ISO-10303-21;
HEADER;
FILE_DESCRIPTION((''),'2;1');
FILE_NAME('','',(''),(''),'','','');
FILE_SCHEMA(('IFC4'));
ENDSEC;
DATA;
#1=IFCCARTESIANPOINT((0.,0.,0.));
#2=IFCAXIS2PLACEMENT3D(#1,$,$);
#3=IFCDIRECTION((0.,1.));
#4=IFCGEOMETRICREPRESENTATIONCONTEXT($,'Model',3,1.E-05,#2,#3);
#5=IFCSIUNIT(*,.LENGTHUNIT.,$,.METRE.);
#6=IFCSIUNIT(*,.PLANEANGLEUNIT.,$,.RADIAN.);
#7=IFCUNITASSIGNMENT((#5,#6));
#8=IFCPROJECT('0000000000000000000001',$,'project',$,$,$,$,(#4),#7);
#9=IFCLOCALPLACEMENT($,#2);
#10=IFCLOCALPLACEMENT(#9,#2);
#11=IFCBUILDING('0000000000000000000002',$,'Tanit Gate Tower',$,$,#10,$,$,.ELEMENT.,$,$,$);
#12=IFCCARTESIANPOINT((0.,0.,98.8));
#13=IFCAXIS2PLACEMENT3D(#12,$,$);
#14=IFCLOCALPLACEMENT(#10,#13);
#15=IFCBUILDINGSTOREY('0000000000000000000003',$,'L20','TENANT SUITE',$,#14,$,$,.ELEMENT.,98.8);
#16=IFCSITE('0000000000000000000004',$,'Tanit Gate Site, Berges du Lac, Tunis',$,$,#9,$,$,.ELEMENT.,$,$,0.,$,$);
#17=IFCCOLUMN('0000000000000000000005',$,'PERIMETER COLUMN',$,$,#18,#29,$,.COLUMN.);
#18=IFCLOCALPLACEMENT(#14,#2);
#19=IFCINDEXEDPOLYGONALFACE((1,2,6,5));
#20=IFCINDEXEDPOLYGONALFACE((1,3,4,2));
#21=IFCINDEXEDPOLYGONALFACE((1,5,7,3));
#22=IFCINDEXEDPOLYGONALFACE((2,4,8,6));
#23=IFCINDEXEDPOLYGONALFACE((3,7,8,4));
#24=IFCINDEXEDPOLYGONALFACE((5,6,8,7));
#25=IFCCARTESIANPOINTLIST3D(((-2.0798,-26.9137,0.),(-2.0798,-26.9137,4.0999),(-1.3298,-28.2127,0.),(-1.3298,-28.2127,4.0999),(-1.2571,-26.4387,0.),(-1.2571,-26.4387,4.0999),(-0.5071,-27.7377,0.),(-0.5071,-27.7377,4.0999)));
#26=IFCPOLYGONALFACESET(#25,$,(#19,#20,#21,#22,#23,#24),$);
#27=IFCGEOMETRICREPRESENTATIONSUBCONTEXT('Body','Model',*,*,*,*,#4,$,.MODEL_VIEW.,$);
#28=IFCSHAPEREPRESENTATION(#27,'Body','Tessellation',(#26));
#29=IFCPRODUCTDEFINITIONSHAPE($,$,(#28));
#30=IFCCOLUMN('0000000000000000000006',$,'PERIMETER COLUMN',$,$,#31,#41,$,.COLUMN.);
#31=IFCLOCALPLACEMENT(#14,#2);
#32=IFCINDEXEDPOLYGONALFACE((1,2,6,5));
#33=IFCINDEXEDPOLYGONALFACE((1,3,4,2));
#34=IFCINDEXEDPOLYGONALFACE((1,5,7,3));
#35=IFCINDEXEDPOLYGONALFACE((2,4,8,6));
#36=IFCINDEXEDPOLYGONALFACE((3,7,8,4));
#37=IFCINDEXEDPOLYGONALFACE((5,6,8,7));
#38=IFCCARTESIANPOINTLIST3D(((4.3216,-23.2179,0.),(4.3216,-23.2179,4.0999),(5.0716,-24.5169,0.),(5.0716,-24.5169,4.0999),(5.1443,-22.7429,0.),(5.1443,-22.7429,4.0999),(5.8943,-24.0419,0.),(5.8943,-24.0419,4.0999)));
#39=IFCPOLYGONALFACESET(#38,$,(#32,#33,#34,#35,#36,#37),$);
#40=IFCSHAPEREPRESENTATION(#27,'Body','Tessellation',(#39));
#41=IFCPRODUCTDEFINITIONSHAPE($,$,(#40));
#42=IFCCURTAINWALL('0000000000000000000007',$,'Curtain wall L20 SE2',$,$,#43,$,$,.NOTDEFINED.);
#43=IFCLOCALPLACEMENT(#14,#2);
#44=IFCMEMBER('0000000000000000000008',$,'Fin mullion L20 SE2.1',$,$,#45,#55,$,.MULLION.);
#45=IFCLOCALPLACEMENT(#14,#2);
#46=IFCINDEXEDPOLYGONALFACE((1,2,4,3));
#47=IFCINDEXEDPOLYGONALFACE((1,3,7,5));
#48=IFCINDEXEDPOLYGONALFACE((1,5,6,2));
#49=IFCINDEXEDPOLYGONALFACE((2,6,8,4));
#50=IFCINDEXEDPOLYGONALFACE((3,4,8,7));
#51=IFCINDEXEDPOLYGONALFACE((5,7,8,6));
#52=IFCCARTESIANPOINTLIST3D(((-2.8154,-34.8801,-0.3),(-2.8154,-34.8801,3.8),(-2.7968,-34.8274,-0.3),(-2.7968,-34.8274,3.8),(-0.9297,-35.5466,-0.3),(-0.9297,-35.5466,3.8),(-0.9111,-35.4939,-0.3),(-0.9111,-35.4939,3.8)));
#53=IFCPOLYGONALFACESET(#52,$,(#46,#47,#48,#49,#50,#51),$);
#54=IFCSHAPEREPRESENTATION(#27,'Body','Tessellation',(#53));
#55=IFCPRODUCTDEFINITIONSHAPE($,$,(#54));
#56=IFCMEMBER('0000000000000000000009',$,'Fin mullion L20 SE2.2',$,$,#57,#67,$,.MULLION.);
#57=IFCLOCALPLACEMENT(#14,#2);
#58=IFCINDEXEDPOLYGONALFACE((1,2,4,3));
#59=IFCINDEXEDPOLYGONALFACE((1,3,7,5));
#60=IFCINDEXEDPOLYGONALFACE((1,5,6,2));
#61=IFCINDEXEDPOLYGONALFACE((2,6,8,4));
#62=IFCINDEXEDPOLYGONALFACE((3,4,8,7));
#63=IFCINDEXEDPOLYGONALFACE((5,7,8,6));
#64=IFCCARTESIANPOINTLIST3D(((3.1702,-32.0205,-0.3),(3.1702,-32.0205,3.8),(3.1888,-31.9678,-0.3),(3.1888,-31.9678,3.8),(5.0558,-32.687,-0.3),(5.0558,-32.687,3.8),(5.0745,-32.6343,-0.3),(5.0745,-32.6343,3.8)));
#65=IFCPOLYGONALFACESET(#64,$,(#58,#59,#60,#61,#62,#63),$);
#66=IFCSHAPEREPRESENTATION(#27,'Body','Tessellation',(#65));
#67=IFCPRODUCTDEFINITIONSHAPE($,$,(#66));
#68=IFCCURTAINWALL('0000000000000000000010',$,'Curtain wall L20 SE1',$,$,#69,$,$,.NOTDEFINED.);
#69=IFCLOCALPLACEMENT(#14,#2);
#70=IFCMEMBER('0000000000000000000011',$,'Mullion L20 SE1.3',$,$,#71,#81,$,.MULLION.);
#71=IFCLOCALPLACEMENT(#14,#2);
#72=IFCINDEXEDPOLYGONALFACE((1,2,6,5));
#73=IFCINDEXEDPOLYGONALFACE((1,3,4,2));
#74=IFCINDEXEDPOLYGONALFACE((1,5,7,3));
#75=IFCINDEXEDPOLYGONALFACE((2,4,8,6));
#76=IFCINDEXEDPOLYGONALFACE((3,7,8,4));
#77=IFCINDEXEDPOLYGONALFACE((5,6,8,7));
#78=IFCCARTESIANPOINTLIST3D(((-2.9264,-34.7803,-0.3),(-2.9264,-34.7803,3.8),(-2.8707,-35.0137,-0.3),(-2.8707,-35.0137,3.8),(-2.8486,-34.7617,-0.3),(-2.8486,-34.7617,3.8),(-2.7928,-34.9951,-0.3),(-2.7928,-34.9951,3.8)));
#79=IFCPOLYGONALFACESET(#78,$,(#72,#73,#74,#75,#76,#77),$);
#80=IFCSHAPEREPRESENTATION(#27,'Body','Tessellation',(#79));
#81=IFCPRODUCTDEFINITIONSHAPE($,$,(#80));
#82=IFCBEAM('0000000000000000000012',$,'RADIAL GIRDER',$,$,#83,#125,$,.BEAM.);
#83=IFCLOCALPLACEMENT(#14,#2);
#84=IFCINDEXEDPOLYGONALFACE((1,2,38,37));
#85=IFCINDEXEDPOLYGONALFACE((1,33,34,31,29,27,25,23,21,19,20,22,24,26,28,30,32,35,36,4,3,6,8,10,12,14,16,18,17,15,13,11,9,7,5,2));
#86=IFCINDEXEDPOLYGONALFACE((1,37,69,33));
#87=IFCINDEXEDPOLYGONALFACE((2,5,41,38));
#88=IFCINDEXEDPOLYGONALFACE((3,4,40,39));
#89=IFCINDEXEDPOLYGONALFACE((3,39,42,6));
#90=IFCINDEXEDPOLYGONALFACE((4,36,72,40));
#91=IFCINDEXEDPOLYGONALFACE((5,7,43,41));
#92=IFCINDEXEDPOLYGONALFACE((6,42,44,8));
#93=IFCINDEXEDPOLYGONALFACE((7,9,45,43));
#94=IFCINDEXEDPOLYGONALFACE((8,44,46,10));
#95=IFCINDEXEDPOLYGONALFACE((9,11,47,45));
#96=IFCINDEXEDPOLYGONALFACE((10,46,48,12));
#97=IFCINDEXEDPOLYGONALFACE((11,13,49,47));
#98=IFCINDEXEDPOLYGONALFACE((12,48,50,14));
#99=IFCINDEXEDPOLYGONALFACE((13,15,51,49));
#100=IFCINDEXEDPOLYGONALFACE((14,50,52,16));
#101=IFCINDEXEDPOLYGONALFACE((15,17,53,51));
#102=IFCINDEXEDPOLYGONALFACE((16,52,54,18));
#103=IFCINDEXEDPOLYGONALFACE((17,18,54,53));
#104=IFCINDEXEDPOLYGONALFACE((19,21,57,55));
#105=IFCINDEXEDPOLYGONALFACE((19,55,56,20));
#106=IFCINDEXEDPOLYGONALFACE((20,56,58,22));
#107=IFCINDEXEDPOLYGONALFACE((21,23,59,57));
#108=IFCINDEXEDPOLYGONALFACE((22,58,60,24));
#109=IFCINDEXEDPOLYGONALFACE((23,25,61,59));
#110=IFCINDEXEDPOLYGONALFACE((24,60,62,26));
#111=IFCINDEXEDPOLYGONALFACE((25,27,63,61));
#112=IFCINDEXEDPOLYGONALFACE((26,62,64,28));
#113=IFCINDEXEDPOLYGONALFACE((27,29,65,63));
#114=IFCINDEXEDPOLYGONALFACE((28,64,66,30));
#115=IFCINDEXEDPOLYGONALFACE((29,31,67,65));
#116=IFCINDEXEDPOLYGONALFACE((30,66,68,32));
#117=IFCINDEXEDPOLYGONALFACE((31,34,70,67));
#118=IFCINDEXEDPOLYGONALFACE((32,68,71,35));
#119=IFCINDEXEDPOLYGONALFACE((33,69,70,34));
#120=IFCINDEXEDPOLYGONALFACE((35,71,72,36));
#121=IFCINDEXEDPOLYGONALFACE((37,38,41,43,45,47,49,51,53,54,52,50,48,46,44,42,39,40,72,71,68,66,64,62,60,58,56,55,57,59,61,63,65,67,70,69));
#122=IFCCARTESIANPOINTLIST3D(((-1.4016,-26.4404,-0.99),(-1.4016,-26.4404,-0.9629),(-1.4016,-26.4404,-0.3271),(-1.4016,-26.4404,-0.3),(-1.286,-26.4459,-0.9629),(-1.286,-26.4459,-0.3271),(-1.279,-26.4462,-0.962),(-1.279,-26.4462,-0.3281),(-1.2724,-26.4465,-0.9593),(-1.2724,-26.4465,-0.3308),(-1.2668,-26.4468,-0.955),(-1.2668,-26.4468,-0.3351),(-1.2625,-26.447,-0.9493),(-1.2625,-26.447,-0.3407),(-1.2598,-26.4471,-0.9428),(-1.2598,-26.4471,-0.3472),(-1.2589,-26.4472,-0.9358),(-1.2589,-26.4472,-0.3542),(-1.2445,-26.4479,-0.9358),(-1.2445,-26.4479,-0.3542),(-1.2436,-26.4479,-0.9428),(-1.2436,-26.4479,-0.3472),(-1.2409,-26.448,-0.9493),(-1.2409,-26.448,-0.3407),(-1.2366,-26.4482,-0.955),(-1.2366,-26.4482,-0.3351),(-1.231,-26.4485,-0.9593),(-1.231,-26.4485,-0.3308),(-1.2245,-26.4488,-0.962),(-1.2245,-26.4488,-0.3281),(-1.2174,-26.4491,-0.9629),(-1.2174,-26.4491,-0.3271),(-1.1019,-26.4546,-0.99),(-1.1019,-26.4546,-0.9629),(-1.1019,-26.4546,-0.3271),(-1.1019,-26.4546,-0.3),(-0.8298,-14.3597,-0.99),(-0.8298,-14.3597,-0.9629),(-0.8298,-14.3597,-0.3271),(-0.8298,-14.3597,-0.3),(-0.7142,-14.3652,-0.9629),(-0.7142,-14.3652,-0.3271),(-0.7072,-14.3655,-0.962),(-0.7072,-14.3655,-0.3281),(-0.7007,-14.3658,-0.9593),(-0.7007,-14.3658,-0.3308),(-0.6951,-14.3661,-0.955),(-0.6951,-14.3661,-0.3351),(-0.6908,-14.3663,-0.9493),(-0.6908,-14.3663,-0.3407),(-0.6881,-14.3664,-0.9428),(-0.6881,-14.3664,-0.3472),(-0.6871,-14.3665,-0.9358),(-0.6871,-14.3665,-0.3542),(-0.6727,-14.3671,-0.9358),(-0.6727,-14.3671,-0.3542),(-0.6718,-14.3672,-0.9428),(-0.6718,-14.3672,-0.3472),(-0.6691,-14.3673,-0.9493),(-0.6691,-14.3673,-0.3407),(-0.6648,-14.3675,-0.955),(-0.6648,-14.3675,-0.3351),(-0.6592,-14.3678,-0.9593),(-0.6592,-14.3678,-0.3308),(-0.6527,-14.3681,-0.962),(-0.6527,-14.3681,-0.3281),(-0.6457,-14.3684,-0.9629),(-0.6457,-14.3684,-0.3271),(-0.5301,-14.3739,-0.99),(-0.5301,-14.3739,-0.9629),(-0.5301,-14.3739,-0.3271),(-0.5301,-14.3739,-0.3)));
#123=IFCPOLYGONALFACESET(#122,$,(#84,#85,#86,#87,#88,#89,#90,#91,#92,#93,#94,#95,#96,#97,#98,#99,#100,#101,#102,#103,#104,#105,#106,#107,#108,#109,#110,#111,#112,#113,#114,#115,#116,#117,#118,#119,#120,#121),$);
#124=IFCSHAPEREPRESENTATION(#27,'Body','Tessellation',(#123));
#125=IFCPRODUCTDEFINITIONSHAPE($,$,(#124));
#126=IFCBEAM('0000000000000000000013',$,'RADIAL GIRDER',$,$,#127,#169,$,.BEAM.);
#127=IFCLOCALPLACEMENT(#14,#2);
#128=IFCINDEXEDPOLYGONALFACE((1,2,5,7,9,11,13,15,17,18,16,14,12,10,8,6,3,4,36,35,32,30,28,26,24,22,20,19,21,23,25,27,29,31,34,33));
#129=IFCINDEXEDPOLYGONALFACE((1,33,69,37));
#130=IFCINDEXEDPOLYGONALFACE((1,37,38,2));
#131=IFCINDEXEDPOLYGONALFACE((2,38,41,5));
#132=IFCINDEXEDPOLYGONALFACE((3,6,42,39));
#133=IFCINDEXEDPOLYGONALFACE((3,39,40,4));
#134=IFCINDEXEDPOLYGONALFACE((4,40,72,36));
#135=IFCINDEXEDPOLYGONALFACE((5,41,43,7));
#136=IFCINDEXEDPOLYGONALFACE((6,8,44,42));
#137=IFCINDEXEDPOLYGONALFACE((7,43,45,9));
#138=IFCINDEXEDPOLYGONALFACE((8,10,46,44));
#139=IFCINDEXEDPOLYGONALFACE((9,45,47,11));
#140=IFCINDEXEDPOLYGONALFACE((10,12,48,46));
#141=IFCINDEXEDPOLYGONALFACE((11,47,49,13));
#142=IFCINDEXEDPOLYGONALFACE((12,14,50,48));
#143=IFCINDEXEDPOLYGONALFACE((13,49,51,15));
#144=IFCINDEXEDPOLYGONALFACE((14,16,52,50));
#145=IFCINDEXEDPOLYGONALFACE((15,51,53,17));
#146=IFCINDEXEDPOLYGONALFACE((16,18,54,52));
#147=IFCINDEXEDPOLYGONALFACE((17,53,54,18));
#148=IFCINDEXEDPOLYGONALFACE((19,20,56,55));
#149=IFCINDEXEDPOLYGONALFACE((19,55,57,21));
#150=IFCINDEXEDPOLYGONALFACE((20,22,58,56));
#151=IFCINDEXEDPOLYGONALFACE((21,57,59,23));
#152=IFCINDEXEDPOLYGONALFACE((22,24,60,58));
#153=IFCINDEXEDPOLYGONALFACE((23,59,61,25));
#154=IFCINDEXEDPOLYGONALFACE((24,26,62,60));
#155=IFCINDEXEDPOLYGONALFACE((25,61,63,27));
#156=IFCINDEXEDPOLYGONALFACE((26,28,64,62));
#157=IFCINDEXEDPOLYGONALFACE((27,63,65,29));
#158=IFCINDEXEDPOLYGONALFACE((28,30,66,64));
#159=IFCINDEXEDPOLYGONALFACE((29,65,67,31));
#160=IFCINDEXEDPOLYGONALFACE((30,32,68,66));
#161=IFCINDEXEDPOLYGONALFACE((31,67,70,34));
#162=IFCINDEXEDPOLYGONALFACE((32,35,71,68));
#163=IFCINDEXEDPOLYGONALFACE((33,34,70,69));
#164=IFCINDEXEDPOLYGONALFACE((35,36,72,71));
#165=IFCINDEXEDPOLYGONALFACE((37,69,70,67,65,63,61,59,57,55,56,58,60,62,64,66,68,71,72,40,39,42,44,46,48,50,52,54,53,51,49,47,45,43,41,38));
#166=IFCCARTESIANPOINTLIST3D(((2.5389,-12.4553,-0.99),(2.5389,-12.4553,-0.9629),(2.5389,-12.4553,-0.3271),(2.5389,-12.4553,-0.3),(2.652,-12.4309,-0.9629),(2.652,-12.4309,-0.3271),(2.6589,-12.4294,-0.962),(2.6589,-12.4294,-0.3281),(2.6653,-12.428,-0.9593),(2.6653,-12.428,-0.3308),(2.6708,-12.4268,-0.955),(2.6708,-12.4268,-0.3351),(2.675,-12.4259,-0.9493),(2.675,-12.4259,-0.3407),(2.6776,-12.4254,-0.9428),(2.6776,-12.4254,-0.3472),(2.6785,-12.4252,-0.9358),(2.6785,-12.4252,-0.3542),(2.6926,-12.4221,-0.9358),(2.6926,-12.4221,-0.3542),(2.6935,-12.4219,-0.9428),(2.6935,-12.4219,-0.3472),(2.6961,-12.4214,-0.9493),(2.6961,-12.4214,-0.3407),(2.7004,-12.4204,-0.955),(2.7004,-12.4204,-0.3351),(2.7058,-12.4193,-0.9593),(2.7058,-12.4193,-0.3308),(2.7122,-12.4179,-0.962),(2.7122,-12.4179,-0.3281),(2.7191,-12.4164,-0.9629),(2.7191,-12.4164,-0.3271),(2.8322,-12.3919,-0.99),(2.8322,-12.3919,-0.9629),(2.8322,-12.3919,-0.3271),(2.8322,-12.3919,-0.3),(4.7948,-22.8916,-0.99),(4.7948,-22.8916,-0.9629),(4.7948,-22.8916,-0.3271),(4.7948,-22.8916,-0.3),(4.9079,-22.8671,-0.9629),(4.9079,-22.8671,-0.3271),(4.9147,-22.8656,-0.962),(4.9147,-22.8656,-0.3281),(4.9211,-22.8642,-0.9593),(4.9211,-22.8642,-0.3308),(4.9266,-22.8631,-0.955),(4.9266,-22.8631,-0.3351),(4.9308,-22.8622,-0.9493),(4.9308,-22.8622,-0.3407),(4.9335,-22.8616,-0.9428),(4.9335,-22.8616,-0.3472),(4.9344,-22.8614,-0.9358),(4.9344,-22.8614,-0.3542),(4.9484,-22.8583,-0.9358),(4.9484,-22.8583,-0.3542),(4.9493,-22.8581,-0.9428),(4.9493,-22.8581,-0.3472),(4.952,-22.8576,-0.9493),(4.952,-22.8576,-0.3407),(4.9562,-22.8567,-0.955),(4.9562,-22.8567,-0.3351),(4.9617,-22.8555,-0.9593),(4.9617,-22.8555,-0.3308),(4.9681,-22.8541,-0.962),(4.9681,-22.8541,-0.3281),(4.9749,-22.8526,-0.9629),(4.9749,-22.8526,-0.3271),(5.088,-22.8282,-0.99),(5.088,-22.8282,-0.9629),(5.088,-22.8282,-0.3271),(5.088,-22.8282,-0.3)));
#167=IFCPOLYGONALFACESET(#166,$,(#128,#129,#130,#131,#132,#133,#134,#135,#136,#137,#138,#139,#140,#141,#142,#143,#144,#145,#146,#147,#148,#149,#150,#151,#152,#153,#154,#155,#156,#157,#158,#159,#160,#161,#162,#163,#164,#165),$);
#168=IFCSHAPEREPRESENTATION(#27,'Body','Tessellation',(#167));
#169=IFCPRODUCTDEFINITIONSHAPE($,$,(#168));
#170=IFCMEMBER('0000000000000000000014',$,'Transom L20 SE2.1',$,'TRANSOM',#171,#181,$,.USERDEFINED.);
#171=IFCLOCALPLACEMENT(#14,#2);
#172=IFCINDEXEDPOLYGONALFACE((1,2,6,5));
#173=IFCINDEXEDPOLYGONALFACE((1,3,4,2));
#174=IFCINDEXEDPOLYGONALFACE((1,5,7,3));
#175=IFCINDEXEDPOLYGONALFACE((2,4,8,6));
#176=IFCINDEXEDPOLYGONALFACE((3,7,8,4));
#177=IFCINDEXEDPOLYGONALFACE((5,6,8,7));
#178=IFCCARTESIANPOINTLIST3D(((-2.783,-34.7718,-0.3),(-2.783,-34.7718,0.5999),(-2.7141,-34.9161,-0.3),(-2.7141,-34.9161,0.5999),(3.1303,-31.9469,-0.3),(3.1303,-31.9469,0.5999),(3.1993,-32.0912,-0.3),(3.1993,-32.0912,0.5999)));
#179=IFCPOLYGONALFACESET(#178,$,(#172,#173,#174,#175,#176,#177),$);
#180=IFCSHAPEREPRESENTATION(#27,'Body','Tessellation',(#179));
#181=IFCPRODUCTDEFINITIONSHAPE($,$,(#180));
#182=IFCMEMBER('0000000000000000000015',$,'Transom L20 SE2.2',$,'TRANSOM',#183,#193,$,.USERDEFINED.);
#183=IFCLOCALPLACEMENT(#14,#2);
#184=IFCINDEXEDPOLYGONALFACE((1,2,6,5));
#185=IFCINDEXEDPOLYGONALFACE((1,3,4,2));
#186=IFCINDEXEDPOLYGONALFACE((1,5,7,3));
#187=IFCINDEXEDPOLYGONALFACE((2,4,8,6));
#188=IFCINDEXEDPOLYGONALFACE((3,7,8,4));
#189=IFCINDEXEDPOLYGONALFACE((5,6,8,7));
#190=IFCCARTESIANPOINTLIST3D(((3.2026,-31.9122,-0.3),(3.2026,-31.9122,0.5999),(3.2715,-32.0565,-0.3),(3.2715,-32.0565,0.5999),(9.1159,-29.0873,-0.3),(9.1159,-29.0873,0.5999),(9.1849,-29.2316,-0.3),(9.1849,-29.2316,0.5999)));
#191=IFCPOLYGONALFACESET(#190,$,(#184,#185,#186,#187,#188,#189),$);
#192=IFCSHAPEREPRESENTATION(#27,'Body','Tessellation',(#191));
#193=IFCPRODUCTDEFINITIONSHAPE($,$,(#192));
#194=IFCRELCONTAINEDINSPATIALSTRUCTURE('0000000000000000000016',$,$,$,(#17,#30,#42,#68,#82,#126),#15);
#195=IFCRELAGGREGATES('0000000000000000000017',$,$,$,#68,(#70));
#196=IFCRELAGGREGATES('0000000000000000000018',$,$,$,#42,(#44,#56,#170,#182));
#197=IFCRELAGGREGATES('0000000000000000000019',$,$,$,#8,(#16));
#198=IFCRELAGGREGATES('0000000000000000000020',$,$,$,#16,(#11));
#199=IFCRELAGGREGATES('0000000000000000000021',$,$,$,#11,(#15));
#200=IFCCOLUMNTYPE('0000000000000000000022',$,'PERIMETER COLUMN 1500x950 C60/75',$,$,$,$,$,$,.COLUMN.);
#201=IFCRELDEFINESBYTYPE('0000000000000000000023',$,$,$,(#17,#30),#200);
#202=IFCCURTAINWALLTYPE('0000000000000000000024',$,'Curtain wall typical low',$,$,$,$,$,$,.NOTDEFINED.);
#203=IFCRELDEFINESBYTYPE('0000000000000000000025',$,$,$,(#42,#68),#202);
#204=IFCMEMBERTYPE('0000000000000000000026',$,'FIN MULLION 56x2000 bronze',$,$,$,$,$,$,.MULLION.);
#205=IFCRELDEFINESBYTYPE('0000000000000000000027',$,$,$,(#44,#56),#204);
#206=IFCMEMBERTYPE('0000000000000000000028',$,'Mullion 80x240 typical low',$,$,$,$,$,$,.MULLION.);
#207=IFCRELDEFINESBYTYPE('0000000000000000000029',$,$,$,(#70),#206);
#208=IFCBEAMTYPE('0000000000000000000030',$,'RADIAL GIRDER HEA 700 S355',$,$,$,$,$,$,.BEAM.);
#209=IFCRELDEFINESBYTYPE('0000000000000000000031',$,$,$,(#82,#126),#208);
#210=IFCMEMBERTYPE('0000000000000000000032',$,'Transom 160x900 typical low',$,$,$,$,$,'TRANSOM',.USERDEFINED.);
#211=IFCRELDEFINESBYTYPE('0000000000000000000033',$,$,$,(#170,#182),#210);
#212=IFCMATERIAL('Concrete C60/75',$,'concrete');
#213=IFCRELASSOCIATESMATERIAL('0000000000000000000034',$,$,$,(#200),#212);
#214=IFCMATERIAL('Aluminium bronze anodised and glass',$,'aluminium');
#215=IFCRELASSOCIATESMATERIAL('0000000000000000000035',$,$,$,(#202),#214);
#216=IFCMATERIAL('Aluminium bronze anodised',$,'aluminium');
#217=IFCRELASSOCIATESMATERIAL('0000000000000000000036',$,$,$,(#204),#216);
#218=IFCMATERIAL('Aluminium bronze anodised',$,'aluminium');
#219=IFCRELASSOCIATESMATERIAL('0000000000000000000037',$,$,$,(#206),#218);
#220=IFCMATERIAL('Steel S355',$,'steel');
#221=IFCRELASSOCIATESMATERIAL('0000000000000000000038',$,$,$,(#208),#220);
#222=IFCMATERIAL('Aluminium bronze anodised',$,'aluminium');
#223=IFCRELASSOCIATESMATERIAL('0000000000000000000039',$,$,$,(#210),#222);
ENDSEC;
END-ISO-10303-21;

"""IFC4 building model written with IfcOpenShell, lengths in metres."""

from ifc_helpers import new_model, si_unit, direction, frame, origin, origin_2d, place, context, subcontext, project, spatial, rectangle, i_section, extrude, material, material_profile, profile_set, type_object, element, aggregate, save


model = new_model("IFC4")

# Units and contexts
model_context = context("Model", 3, precision=1e-05, world=origin(), true_north=direction((0.0, 1.0)))
body_context = subcontext(model_context, "Body", "Model", "MODEL_VIEW")
ifc_project = project(units=[si_unit("LENGTHUNIT", "METRE"), si_unit("PLANEANGLEUNIT", "RADIAN")], contexts=[model_context])

# Site, building, storey
site_placement = place(None, origin())
site = spatial("IfcSite", under=ifc_project, at=site_placement, Name="Tanit Gate Site, Berges du Lac, Tunis", CompositionType="ELEMENT", RefElevation=0.0)
building_placement = place(site_placement, origin())
building = spatial("IfcBuilding", under=site, at=building_placement, Name="Tanit Gate Tower", CompositionType="ELEMENT")
storey_placement = place(building_placement, frame((0.0, 0.0, 98.8)))
storey = spatial("IfcBuildingStorey", under=building, at=storey_placement, Name="L20", Description="TENANT SUITE", CompositionType="ELEMENT", Elevation=98.8)

# Columns
ifc_material_1 = material(Name="Concrete C60/75", Category="concrete")
ifc_material_profile_1 = material_profile(ifc_material_1, rectangle(XDim=1.5, YDim=0.95, at=origin_2d()), Name="RC 1500x950")
ifc_profile_set_1 = profile_set([ifc_material_profile_1], Name="Concrete C60/75")
column_type = type_object("IfcColumnType", Name="PERIMETER COLUMN 1500x950 C60/75", PredefinedType="COLUMN", material=ifc_profile_set_1)
for number, where, z_axis, x_axis, name in (
    (1, (-1.2935, -27.3257, 0.0), (0.0, 0.0, 1.0), (0.5, -0.866025, 0.0), "PERIMETER COLUMN"),
    (2, (5.1079, -23.6299, 0.0), (0.0, 0.0, 1.0), (0.5, -0.866025, 0.0), "PERIMETER COLUMN"),
):
    element("IfcColumn", number, at=place(storey_placement, frame(where, z_axis=z_axis, x_axis=x_axis)), inside=storey, type_object=column_type, Name=name, PredefinedType="COLUMN", context=body_context, shape_type="SweptSolid", body=[
        extrude(rectangle(XDim=1.5, YDim=0.95, at=origin_2d()), origin(), (0.0, 0.0, 1.0), 4.0999),
    ])

# Curtain wall, members
ifc_material_2 = material(Name="Aluminium bronze anodised and glass", Category="aluminium")
curtain_wall_type = type_object("IfcCurtainWallType", Name="Curtain wall typical low", PredefinedType="NOTDEFINED", material=ifc_material_2)
curtain_wall_1_placement = place(storey_placement, origin())
curtain_wall_1 = element("IfcCurtainWall", 3, at=curtain_wall_1_placement, inside=storey, type_object=curtain_wall_type, Name="Curtain wall L20 SE2", PredefinedType="NOTDEFINED")
ifc_material_3 = material(Name="Aluminium bronze anodised", Category="aluminium")
ifc_material_profile_2 = material_profile(ifc_material_3, rectangle(XDim=2.0, YDim=0.0559, at=origin_2d()), Name="56x2000 bronze fin mullion")
ifc_profile_set_2 = profile_set([ifc_material_profile_2], Name="Aluminium bronze anodised")
member_type_1 = type_object("IfcMemberType", Name="FIN MULLION 56x2000 bronze", PredefinedType="MULLION", material=ifc_profile_set_2)
member_1_placement = place(storey_placement, frame((-1.8633, -35.187, -0.3), z_axis=(0.0, 0.0, 1.0), x_axis=(-0.942849, 0.33322, 0.0)))
member_1 = element("IfcMember", 4, at=member_1_placement, type_object=member_type_1, Name="Fin mullion L20 SE2.1", PredefinedType="MULLION", context=body_context, shape_type="SweptSolid", body=[
    extrude(rectangle(XDim=2.0, YDim=0.0559, at=origin_2d()), origin(), (0.0, 0.0, 1.0), 4.1001),
])
member_2_placement = place(storey_placement, frame((4.1223, -32.3274, -0.3), z_axis=(0.0, 0.0, 1.0), x_axis=(-0.942849, 0.33322, 0.0)))
member_2 = element("IfcMember", 5, at=member_2_placement, type_object=member_type_1, Name="Fin mullion L20 SE2.2", PredefinedType="MULLION", context=body_context, shape_type="SweptSolid", body=[
    extrude(rectangle(XDim=2.0, YDim=0.0559, at=origin_2d()), origin(), (0.0, 0.0, 1.0), 4.1001),
])

# Curtain wall, member
curtain_wall_2_placement = place(storey_placement, origin())
curtain_wall_2 = element("IfcCurtainWall", 6, at=curtain_wall_2_placement, inside=storey, type_object=curtain_wall_type, Name="Curtain wall L20 SE1", PredefinedType="NOTDEFINED")
ifc_material_4 = material(Name="Aluminium bronze anodised", Category="aluminium")
ifc_material_profile_3 = material_profile(ifc_material_4, rectangle(XDim=0.24, YDim=0.0801, at=origin_2d()), Name="80x240 bronze mullion")
ifc_profile_set_3 = profile_set([ifc_material_profile_3], Name="Aluminium bronze anodised")
member_type_2 = type_object("IfcMemberType", Name="Mullion 80x240 typical low", PredefinedType="MULLION", material=ifc_profile_set_3)
member_3_placement = place(storey_placement, frame((-2.8596, -34.8877, -0.3), z_axis=(0.0, 0.0, 1.0), x_axis=(-0.232409, 0.972618, 0.0)))
member_3 = element("IfcMember", 7, at=member_3_placement, type_object=member_type_2, Name="Mullion L20 SE1.3", PredefinedType="MULLION", context=body_context, shape_type="SweptSolid", body=[
    extrude(rectangle(XDim=0.24, YDim=0.0801, at=origin_2d()), origin(), (0.0, 0.0, 1.0), 4.1001),
])
aggregate(curtain_wall_2, [member_3])

# Beams
ifc_material_5 = material(Name="Steel S355", Category="steel")
ifc_material_profile_4 = material_profile(ifc_material_5, i_section(OverallWidth=0.3, OverallDepth=0.6899, WebThickness=0.0144, FlangeThickness=0.0271, FilletRadius=0.0271, at=origin_2d()), Name="HEA 700")
ifc_profile_set_4 = profile_set([ifc_material_profile_4], Name="Steel S355")
beam_type = type_object("IfcBeamType", Name="RADIAL GIRDER HEA 700 S355", PredefinedType="BEAM", material=ifc_profile_set_4)
beam_1_placement = place(storey_placement, frame((-1.2517, -26.4475, -0.645), z_axis=(0.047276, 0.998882, 0.0), x_axis=(-0.998882, 0.047276, 0.0)))
element("IfcBeam", 8, at=beam_1_placement, inside=storey, type_object=beam_type, Name="RADIAL GIRDER", PredefinedType="BEAM", context=body_context, shape_type="SweptSolid", body=[
    extrude(i_section(OverallWidth=0.3, OverallDepth=0.6899, WebThickness=0.0144, FlangeThickness=0.0271, FilletRadius=0.0271, at=origin_2d()), origin(), (0.0, 0.0, 1.0), 12.0942),
])
beam_2_placement = place(storey_placement, frame((4.9414, -22.8599, -0.645), z_axis=(-0.211276, 0.977426, 0.0), x_axis=(-0.977426, -0.211276, 0.0)))
element("IfcBeam", 9, at=beam_2_placement, inside=storey, type_object=beam_type, Name="RADIAL GIRDER", PredefinedType="BEAM", context=body_context, shape_type="SweptSolid", body=[
    extrude(i_section(OverallWidth=0.3, OverallDepth=0.6899, WebThickness=0.0144, FlangeThickness=0.0271, FilletRadius=0.0271, at=origin_2d()), origin(), (0.0, 0.0, 1.0), 10.6772),
])

# Members
ifc_material_6 = material(Name="Aluminium bronze anodised", Category="aluminium")
ifc_material_profile_5 = material_profile(ifc_material_6, rectangle(XDim=0.1599, YDim=0.8999, at=origin_2d()), Name="160x900 bronze transom")
ifc_profile_set_5 = profile_set([ifc_material_profile_5], Name="Aluminium bronze anodised")
member_type_3 = type_object("IfcMemberType", Name="Transom 160x900 typical low", ElementType="TRANSOM", PredefinedType="USERDEFINED", material=ifc_profile_set_5)
member_4_placement = place(storey_placement, frame((-2.7485, -34.844, 0.1499), z_axis=(0.902322, 0.431063, 0.0), x_axis=(-0.431063, 0.902322, 0.0)))
member_4 = element("IfcMember", 10, at=member_4_placement, type_object=member_type_3, Name="Transom L20 SE2.1", ObjectType="TRANSOM", PredefinedType="USERDEFINED", context=body_context, shape_type="SweptSolid", body=[
    extrude(rectangle(XDim=0.1599, YDim=0.8999, at=origin_2d()), origin(), (0.0, 0.0, 1.0), 6.5535),
])
member_5_placement = place(storey_placement, frame((3.2371, -31.9844, 0.1499), z_axis=(0.902322, 0.431063, 0.0), x_axis=(-0.431063, 0.902322, 0.0)))
member_5 = element("IfcMember", 11, at=member_5_placement, type_object=member_type_3, Name="Transom L20 SE2.2", ObjectType="TRANSOM", PredefinedType="USERDEFINED", context=body_context, shape_type="SweptSolid", body=[
    extrude(rectangle(XDim=0.1599, YDim=0.8999, at=origin_2d()), origin(), (0.0, 0.0, 1.0), 6.5535),
])

aggregate(curtain_wall_1, [member_1, member_2, member_4, member_5])

save(model, "model.ifc")
